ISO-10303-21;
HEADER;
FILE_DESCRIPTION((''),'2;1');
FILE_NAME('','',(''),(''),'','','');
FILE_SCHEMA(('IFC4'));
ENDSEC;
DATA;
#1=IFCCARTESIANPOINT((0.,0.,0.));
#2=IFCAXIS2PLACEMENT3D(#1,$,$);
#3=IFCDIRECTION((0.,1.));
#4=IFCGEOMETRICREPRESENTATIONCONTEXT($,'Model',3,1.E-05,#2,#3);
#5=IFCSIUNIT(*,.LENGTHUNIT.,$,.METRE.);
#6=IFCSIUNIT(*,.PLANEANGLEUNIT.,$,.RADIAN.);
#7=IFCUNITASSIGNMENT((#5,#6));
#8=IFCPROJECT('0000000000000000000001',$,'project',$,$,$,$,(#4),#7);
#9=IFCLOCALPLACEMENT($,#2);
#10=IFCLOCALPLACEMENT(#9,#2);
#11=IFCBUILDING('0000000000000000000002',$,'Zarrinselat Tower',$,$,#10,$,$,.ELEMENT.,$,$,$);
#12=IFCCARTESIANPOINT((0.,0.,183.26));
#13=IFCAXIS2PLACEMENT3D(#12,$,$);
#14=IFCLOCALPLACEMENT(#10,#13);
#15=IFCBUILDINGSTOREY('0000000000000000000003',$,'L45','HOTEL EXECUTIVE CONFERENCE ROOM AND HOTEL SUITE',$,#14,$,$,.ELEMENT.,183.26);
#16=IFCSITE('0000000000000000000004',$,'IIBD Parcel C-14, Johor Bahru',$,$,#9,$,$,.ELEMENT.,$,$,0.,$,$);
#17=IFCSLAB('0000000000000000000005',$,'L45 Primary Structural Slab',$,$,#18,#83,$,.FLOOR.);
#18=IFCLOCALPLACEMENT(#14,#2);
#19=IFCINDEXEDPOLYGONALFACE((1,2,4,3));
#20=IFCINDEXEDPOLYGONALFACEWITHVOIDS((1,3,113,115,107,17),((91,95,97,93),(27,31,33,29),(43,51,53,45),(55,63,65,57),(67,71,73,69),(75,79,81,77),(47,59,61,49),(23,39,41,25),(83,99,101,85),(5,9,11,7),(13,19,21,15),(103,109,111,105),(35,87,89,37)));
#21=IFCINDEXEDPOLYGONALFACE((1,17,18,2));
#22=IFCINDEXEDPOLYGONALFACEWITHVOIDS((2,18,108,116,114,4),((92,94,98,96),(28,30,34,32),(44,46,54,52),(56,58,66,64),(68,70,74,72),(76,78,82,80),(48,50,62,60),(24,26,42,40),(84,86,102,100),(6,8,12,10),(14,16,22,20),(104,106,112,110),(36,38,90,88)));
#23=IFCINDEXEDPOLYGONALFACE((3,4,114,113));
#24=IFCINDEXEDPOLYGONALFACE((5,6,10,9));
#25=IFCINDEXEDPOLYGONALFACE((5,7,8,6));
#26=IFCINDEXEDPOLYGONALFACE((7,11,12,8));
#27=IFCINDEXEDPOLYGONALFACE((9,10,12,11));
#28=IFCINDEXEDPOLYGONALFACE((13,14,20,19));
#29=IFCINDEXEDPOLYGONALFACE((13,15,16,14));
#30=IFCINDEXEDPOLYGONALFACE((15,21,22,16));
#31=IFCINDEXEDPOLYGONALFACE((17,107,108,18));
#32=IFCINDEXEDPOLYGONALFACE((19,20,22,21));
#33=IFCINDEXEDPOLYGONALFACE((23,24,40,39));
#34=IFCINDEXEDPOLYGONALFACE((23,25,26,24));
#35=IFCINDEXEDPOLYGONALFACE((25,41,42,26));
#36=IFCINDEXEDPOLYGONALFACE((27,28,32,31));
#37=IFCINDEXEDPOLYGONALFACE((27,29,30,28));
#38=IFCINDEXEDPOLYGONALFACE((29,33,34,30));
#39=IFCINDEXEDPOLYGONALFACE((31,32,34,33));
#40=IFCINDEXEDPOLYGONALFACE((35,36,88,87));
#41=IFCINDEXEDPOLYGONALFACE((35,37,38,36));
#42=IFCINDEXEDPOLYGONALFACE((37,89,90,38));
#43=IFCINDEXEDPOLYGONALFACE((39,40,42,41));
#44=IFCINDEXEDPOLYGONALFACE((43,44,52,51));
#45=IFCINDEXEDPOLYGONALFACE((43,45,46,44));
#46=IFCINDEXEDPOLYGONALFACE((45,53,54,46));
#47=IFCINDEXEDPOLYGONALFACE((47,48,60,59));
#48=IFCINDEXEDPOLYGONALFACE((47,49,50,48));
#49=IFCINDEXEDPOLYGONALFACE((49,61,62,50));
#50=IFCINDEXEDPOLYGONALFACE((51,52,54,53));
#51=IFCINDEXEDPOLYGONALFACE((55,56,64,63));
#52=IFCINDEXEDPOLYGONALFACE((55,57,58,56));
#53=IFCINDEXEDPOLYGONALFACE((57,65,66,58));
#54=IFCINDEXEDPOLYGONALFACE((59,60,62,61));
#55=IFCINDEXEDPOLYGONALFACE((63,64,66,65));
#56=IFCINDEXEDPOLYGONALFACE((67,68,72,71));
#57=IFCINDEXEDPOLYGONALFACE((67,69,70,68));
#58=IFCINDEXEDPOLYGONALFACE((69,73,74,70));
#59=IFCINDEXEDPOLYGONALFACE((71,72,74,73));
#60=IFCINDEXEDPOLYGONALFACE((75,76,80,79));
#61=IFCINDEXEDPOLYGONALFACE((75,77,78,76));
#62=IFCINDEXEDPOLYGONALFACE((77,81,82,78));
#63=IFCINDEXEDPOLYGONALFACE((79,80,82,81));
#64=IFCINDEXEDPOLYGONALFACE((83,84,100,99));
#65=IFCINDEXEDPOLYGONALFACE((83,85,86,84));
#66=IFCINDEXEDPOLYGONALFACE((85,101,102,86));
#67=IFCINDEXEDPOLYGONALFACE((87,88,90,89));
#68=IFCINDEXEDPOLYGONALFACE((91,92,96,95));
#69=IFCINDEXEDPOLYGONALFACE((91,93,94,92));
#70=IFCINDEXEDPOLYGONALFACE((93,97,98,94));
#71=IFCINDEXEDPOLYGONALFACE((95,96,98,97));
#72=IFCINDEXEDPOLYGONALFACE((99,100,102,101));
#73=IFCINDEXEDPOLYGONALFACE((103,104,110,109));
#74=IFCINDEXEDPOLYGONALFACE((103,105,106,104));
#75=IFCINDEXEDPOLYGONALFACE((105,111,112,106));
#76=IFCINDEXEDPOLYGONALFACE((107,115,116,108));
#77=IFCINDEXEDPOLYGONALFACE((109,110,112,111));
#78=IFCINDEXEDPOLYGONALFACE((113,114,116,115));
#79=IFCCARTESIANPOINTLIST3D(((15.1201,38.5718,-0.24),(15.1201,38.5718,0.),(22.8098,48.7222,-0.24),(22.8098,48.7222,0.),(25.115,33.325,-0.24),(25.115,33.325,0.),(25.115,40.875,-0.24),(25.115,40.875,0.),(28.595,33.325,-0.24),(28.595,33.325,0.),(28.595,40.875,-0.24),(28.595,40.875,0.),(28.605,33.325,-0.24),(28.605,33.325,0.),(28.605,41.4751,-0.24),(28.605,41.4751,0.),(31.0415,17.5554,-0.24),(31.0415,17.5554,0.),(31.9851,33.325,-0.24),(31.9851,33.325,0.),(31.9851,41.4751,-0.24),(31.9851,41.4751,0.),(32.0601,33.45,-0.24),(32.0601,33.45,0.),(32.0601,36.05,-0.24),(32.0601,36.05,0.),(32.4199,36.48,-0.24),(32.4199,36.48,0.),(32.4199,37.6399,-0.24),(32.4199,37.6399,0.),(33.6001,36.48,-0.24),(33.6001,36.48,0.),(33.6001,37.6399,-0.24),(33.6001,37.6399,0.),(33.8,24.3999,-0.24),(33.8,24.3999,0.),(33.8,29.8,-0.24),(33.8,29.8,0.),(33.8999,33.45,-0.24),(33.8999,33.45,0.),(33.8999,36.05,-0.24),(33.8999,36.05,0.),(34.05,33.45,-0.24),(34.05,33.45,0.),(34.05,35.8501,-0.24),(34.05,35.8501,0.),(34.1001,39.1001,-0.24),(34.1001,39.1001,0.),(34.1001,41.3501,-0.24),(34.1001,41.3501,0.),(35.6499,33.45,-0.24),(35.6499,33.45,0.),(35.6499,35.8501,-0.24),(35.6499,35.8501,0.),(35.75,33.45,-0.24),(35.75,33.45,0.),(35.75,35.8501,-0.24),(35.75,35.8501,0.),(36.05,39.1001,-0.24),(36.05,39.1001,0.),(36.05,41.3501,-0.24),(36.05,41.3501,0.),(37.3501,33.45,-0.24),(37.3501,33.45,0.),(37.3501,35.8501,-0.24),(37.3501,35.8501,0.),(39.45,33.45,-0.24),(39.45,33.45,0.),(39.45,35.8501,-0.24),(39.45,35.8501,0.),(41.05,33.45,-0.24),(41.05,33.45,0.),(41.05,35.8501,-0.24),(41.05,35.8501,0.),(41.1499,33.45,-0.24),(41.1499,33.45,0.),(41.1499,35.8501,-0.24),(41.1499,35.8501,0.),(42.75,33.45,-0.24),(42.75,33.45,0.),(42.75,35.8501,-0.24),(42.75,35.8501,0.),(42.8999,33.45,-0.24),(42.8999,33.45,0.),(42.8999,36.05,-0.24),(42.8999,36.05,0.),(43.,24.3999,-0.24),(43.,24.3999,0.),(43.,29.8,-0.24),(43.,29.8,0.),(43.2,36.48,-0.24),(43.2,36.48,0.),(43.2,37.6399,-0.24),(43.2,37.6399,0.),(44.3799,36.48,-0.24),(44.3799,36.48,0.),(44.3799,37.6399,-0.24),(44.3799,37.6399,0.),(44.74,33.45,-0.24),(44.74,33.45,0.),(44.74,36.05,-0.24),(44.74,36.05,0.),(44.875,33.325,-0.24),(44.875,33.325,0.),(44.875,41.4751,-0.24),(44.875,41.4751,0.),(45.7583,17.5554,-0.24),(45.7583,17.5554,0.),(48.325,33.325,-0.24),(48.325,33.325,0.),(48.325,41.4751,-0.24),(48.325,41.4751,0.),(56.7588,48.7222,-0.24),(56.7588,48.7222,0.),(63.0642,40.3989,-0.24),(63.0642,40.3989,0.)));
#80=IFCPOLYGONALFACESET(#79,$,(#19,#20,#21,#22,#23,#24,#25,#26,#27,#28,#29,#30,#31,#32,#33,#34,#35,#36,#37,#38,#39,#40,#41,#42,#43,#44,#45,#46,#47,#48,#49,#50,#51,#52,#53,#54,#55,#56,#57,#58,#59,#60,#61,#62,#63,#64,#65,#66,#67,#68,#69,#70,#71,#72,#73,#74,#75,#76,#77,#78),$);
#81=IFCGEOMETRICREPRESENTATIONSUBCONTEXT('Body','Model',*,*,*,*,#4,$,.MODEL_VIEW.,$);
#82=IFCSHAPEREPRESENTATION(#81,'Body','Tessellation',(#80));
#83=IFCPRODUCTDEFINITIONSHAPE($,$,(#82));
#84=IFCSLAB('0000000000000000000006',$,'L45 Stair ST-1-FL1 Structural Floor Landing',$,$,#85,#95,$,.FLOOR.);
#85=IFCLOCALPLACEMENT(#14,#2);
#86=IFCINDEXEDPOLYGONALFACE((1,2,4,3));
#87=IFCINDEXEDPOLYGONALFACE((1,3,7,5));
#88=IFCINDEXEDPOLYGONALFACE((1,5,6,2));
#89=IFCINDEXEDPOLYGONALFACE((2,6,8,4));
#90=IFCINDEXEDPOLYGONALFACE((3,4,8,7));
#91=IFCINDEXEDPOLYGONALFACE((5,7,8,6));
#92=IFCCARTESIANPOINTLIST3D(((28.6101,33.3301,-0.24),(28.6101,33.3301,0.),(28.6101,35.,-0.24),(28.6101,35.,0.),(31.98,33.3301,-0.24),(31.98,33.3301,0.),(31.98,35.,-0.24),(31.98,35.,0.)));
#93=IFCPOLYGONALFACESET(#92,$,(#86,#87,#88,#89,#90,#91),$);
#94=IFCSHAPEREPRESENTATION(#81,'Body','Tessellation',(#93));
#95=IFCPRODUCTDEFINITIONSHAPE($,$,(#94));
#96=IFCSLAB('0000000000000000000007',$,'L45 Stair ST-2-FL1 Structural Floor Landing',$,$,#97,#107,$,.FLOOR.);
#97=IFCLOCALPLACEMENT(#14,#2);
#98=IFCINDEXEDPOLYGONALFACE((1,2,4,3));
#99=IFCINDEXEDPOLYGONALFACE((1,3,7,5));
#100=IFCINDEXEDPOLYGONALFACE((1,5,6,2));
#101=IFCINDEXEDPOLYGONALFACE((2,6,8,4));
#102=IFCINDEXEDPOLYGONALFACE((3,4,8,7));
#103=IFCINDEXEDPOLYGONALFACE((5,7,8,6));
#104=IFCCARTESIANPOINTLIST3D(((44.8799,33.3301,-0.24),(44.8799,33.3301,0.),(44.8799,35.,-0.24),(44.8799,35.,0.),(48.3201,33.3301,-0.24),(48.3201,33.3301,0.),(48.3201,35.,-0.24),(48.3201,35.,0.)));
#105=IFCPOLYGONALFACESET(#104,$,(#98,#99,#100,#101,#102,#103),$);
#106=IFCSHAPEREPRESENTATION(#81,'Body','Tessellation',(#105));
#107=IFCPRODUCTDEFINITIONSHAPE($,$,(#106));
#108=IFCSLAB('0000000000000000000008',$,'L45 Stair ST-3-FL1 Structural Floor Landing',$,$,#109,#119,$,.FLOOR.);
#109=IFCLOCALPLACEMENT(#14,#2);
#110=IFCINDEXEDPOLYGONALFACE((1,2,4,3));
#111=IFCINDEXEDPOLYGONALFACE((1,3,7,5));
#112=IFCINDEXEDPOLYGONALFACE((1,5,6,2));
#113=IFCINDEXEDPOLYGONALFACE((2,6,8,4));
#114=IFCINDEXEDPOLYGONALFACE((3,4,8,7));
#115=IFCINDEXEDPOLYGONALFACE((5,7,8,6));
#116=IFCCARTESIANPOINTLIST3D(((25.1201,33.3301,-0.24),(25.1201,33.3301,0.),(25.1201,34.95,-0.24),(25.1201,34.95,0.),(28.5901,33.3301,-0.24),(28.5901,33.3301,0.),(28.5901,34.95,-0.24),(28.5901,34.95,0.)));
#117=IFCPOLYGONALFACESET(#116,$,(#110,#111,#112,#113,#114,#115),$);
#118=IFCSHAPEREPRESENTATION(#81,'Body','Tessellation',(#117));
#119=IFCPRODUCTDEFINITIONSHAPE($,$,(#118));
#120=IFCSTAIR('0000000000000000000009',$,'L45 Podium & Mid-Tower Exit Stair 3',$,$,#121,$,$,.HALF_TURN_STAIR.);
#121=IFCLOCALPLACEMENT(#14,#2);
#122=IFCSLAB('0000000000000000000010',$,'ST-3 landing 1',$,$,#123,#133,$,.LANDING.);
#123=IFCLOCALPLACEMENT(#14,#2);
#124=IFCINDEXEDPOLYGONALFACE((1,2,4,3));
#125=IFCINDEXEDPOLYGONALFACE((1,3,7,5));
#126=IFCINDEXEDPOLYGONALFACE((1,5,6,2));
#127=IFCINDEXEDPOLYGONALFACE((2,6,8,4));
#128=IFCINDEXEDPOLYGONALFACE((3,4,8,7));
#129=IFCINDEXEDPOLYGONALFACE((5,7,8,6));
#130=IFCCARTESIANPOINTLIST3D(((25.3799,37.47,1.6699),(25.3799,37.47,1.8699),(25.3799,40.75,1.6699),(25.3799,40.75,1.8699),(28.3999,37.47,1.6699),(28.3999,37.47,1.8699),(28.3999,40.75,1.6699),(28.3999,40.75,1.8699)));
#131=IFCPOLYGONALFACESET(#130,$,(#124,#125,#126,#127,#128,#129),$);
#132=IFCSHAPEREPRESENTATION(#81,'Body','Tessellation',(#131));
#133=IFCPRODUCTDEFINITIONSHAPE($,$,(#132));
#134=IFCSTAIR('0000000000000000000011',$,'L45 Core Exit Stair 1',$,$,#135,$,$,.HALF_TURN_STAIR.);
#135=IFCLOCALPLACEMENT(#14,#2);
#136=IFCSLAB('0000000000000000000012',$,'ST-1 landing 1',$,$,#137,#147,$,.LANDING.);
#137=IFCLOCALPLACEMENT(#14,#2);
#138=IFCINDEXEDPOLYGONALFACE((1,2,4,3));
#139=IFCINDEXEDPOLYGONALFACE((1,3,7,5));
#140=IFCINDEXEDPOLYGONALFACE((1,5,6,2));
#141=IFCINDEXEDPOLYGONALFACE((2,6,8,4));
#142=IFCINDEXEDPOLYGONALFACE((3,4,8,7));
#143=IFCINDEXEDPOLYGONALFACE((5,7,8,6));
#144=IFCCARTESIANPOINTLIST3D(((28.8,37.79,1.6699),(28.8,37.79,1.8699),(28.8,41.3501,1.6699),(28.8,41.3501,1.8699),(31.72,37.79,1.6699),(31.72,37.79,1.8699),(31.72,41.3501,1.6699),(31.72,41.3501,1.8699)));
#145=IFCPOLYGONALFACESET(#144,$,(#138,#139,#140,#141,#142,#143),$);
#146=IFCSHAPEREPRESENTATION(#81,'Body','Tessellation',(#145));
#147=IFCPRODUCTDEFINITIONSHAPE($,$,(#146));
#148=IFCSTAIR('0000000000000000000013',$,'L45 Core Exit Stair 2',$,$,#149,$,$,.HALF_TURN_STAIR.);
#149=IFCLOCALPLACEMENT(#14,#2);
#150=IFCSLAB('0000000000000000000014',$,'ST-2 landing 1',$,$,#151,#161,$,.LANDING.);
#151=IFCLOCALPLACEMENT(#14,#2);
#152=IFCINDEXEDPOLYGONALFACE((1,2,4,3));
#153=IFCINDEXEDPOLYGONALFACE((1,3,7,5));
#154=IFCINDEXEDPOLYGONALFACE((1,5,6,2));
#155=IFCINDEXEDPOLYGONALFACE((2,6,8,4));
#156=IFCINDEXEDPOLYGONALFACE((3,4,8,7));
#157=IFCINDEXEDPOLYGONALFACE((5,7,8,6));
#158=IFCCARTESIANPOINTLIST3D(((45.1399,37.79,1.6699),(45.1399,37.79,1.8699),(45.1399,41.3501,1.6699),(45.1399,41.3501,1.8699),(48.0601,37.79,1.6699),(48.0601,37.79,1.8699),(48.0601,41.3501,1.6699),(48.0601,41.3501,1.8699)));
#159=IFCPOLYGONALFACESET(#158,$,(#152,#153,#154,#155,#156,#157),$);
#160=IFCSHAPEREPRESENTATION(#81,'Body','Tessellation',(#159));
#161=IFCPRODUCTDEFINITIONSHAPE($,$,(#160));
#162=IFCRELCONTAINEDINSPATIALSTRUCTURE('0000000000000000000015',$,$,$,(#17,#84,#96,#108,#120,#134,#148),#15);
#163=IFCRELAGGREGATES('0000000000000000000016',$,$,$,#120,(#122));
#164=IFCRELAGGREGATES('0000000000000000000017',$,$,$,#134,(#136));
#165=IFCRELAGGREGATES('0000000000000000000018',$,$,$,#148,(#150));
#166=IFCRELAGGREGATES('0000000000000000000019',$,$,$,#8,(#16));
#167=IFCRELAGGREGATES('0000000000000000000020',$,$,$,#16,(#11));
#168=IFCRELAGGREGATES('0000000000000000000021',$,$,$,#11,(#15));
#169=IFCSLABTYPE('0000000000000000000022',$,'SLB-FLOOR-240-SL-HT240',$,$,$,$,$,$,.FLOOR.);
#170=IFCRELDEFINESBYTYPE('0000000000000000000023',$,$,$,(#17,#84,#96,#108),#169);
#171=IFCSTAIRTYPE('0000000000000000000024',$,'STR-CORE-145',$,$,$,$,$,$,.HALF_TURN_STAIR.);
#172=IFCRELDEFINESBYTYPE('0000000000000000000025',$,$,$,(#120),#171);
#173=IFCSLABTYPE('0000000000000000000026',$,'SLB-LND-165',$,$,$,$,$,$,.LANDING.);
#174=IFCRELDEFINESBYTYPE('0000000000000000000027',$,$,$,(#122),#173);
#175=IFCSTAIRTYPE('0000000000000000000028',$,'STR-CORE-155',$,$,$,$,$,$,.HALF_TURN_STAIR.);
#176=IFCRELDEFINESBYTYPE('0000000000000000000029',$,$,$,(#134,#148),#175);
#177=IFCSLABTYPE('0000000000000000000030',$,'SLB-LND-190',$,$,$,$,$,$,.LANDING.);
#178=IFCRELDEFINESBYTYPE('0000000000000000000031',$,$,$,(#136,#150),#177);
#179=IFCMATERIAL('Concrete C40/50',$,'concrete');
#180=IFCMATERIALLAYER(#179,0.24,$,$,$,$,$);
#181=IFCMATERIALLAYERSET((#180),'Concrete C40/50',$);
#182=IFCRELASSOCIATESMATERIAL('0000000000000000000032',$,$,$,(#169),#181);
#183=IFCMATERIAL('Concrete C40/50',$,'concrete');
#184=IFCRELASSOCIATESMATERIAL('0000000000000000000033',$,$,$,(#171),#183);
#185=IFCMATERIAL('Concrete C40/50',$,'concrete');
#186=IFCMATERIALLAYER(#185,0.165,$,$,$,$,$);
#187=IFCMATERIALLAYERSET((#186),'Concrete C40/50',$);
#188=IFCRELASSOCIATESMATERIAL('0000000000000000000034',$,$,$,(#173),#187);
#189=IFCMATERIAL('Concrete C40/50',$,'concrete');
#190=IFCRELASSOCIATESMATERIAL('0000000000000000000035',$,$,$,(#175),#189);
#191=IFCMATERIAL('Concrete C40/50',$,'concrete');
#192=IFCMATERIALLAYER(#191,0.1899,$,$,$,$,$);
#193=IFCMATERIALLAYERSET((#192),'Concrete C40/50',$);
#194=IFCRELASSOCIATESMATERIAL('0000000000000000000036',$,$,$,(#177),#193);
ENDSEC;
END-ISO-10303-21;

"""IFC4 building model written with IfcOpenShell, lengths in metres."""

from ifc_helpers import new_model, si_unit, direction, frame, origin, place, context, subcontext, project, spatial, polyline, outline, extrude, material, layer, layer_set, type_object, element, aggregate, save


model = new_model("IFC4")

# Units and contexts
model_context = context("Model", 3, precision=1e-05, world=origin(), true_north=direction((0.0, 1.0)))
body_context = subcontext(model_context, "Body", "Model", "MODEL_VIEW")
ifc_project = project(units=[si_unit("LENGTHUNIT", "METRE"), si_unit("PLANEANGLEUNIT", "RADIAN")], contexts=[model_context])

# Site, building, storey
site_placement = place(None, origin())
site = spatial("IfcSite", under=ifc_project, at=site_placement, Name="IIBD Parcel C-14, Johor Bahru", CompositionType="ELEMENT", RefElevation=0.0)
building_placement = place(site_placement, origin())
building = spatial("IfcBuilding", under=site, at=building_placement, Name="Zarrinselat Tower", CompositionType="ELEMENT")
storey_placement = place(building_placement, frame((0.0, 0.0, 183.26)))
storey = spatial("IfcBuildingStorey", under=building, at=storey_placement, Name="L45", Description="HOTEL EXECUTIVE CONFERENCE ROOM AND HOTEL SUITE", CompositionType="ELEMENT", Elevation=183.26)

# Slabs
ifc_material_1 = material(Name="Concrete C40/50", Category="concrete")
ifc_layer_1 = layer(ifc_material_1, 0.24)
ifc_layer_set_1 = layer_set([ifc_layer_1], Name="Concrete C40/50")
slab_type_1 = type_object("IfcSlabType", Name="SLB-FLOOR-240-SL-HT240", PredefinedType="FLOOR", material=ifc_layer_set_1)
slab_1_placement = place(storey_placement, frame((0.0, 0.0, -0.24)))
element("IfcSlab", 1, at=slab_1_placement, inside=storey, type_object=slab_type_1, Name="L45 Primary Structural Slab", PredefinedType="FLOOR", context=body_context, shape_type="SweptSolid", body=[
    extrude(outline(polyline([(56.7588, 48.7222), (22.8098, 48.7222), (15.1201, 38.5718), (31.0415, 17.5554), (45.7583, 17.5554), (63.0642, 40.3989), (56.7588, 48.7222)]), holes=[polyline([(35.6499, 33.45), (34.05, 33.45), (34.05, 35.8501), (35.6499, 35.8501), (35.6499, 33.45)]), polyline([(35.75, 33.45), (35.75, 35.8501), (37.3501, 35.8501), (37.3501, 33.45), (35.75, 33.45)]), polyline([(32.0601, 33.45), (32.0601, 36.05), (33.8999, 36.05), (33.8999, 33.45), (32.0601, 33.45)]), polyline([(33.6001, 36.48), (32.4199, 36.48), (32.4199, 37.6399), (33.6001, 37.6399), (33.6001, 36.48)]), polyline([(28.595, 33.325), (25.115, 33.325), (25.115, 40.875), (28.595, 40.875), (28.595, 33.325)]), polyline([(31.9851, 33.325), (28.605, 33.325), (28.605, 41.4751), (31.9851, 41.4751), (31.9851, 33.325)]), polyline([(36.05, 39.1001), (34.1001, 39.1001), (34.1001, 41.3501), (36.05, 41.3501), (36.05, 39.1001)]), polyline([(33.8, 24.3999), (33.8, 29.8), (43.0, 29.8), (43.0, 24.3999), (33.8, 24.3999)]), polyline([(39.45, 33.45), (39.45, 35.8501), (41.05, 35.8501), (41.05, 33.45), (39.45, 33.45)]), polyline([(41.1499, 33.45), (41.1499, 35.8501), (42.75, 35.8501), (42.75, 33.45), (41.1499, 33.45)]), polyline([(42.8999, 33.45), (42.8999, 36.05), (44.74, 36.05), (44.74, 33.45), (42.8999, 33.45)]), polyline([(43.2, 36.48), (43.2, 37.6399), (44.3799, 37.6399), (44.3799, 36.48), (43.2, 36.48)]), polyline([(48.325, 33.325), (44.875, 33.325), (44.875, 41.4751), (48.325, 41.4751), (48.325, 33.325)])]), origin(), (0.0, 0.0, 1.0), 0.24),
])
slab_2_placement = place(storey_placement, frame((0.0, 0.0, -0.24)))
element("IfcSlab", 2, at=slab_2_placement, inside=storey, type_object=slab_type_1, Name="L45 Stair ST-1-FL1 Structural Floor Landing", PredefinedType="FLOOR", context=body_context, shape_type="SweptSolid", body=[
    extrude(outline(polyline([(31.98, 33.3301), (31.98, 35.0), (28.6101, 35.0), (28.6101, 33.3301), (31.98, 33.3301)])), origin(), (0.0, 0.0, 1.0), 0.24),
])
slab_3_placement = place(storey_placement, frame((0.0, 0.0, -0.24)))
element("IfcSlab", 3, at=slab_3_placement, inside=storey, type_object=slab_type_1, Name="L45 Stair ST-2-FL1 Structural Floor Landing", PredefinedType="FLOOR", context=body_context, shape_type="SweptSolid", body=[
    extrude(outline(polyline([(48.3201, 33.3301), (48.3201, 35.0), (44.8799, 35.0), (44.8799, 33.3301), (48.3201, 33.3301)])), origin(), (0.0, 0.0, 1.0), 0.24),
])
slab_4_placement = place(storey_placement, frame((0.0, 0.0, -0.24)))
element("IfcSlab", 4, at=slab_4_placement, inside=storey, type_object=slab_type_1, Name="L45 Stair ST-3-FL1 Structural Floor Landing", PredefinedType="FLOOR", context=body_context, shape_type="SweptSolid", body=[
    extrude(outline(polyline([(28.5901, 33.3301), (28.5901, 34.95), (25.1201, 34.95), (25.1201, 33.3301), (28.5901, 33.3301)])), origin(), (0.0, 0.0, 1.0), 0.24),
])

# Stairs, slabs
ifc_material_2 = material(Name="Concrete C40/50", Category="concrete")
stair_type_1 = type_object("IfcStairType", Name="STR-CORE-145", PredefinedType="HALF_TURN_STAIR", material=ifc_material_2)
stair_1_placement = place(storey_placement, origin())
stair_1 = element("IfcStair", 5, at=stair_1_placement, inside=storey, type_object=stair_type_1, Name="L45 Podium & Mid-Tower Exit Stair 3", PredefinedType="HALF_TURN_STAIR")
ifc_material_3 = material(Name="Concrete C40/50", Category="concrete")
ifc_layer_2 = layer(ifc_material_3, 0.165)
ifc_layer_set_2 = layer_set([ifc_layer_2], Name="Concrete C40/50")
slab_type_2 = type_object("IfcSlabType", Name="SLB-LND-165", PredefinedType="LANDING", material=ifc_layer_set_2)
slab_5_placement = place(storey_placement, frame((0.0, 0.0, 1.6699)))
slab_5 = element("IfcSlab", 6, at=slab_5_placement, type_object=slab_type_2, Name="ST-3 landing 1", PredefinedType="LANDING", context=body_context, shape_type="SweptSolid", body=[
    extrude(outline(polyline([(28.3999, 37.47), (28.3999, 40.75), (25.3799, 40.75), (25.3799, 37.47), (28.3999, 37.47)])), origin(), (0.0, 0.0, 1.0), 0.2),
])
aggregate(stair_1, [slab_5])
ifc_material_4 = material(Name="Concrete C40/50", Category="concrete")
stair_type_2 = type_object("IfcStairType", Name="STR-CORE-155", PredefinedType="HALF_TURN_STAIR", material=ifc_material_4)
stair_2_placement = place(storey_placement, origin())
stair_2 = element("IfcStair", 7, at=stair_2_placement, inside=storey, type_object=stair_type_2, Name="L45 Core Exit Stair 1", PredefinedType="HALF_TURN_STAIR")
ifc_material_5 = material(Name="Concrete C40/50", Category="concrete")
ifc_layer_3 = layer(ifc_material_5, 0.1899)
ifc_layer_set_3 = layer_set([ifc_layer_3], Name="Concrete C40/50")
slab_type_3 = type_object("IfcSlabType", Name="SLB-LND-190", PredefinedType="LANDING", material=ifc_layer_set_3)
slab_6_placement = place(storey_placement, frame((0.0, 0.0, 1.6699)))
slab_6 = element("IfcSlab", 8, at=slab_6_placement, type_object=slab_type_3, Name="ST-1 landing 1", PredefinedType="LANDING", context=body_context, shape_type="SweptSolid", body=[
    extrude(outline(polyline([(31.72, 37.79), (31.72, 41.3501), (28.8, 41.3501), (28.8, 37.79), (31.72, 37.79)])), origin(), (0.0, 0.0, 1.0), 0.2),
])
aggregate(stair_2, [slab_6])
stair_3_placement = place(storey_placement, origin())
stair_3 = element("IfcStair", 9, at=stair_3_placement, inside=storey, type_object=stair_type_2, Name="L45 Core Exit Stair 2", PredefinedType="HALF_TURN_STAIR")
slab_7_placement = place(storey_placement, frame((0.0, 0.0, 1.6699)))
slab_7 = element("IfcSlab", 10, at=slab_7_placement, type_object=slab_type_3, Name="ST-2 landing 1", PredefinedType="LANDING", context=body_context, shape_type="SweptSolid", body=[
    extrude(outline(polyline([(48.0601, 37.79), (48.0601, 41.3501), (45.1399, 41.3501), (45.1399, 37.79), (48.0601, 37.79)])), origin(), (0.0, 0.0, 1.0), 0.2),
])
aggregate(stair_3, [slab_7])

save(model, "model.ifc")
